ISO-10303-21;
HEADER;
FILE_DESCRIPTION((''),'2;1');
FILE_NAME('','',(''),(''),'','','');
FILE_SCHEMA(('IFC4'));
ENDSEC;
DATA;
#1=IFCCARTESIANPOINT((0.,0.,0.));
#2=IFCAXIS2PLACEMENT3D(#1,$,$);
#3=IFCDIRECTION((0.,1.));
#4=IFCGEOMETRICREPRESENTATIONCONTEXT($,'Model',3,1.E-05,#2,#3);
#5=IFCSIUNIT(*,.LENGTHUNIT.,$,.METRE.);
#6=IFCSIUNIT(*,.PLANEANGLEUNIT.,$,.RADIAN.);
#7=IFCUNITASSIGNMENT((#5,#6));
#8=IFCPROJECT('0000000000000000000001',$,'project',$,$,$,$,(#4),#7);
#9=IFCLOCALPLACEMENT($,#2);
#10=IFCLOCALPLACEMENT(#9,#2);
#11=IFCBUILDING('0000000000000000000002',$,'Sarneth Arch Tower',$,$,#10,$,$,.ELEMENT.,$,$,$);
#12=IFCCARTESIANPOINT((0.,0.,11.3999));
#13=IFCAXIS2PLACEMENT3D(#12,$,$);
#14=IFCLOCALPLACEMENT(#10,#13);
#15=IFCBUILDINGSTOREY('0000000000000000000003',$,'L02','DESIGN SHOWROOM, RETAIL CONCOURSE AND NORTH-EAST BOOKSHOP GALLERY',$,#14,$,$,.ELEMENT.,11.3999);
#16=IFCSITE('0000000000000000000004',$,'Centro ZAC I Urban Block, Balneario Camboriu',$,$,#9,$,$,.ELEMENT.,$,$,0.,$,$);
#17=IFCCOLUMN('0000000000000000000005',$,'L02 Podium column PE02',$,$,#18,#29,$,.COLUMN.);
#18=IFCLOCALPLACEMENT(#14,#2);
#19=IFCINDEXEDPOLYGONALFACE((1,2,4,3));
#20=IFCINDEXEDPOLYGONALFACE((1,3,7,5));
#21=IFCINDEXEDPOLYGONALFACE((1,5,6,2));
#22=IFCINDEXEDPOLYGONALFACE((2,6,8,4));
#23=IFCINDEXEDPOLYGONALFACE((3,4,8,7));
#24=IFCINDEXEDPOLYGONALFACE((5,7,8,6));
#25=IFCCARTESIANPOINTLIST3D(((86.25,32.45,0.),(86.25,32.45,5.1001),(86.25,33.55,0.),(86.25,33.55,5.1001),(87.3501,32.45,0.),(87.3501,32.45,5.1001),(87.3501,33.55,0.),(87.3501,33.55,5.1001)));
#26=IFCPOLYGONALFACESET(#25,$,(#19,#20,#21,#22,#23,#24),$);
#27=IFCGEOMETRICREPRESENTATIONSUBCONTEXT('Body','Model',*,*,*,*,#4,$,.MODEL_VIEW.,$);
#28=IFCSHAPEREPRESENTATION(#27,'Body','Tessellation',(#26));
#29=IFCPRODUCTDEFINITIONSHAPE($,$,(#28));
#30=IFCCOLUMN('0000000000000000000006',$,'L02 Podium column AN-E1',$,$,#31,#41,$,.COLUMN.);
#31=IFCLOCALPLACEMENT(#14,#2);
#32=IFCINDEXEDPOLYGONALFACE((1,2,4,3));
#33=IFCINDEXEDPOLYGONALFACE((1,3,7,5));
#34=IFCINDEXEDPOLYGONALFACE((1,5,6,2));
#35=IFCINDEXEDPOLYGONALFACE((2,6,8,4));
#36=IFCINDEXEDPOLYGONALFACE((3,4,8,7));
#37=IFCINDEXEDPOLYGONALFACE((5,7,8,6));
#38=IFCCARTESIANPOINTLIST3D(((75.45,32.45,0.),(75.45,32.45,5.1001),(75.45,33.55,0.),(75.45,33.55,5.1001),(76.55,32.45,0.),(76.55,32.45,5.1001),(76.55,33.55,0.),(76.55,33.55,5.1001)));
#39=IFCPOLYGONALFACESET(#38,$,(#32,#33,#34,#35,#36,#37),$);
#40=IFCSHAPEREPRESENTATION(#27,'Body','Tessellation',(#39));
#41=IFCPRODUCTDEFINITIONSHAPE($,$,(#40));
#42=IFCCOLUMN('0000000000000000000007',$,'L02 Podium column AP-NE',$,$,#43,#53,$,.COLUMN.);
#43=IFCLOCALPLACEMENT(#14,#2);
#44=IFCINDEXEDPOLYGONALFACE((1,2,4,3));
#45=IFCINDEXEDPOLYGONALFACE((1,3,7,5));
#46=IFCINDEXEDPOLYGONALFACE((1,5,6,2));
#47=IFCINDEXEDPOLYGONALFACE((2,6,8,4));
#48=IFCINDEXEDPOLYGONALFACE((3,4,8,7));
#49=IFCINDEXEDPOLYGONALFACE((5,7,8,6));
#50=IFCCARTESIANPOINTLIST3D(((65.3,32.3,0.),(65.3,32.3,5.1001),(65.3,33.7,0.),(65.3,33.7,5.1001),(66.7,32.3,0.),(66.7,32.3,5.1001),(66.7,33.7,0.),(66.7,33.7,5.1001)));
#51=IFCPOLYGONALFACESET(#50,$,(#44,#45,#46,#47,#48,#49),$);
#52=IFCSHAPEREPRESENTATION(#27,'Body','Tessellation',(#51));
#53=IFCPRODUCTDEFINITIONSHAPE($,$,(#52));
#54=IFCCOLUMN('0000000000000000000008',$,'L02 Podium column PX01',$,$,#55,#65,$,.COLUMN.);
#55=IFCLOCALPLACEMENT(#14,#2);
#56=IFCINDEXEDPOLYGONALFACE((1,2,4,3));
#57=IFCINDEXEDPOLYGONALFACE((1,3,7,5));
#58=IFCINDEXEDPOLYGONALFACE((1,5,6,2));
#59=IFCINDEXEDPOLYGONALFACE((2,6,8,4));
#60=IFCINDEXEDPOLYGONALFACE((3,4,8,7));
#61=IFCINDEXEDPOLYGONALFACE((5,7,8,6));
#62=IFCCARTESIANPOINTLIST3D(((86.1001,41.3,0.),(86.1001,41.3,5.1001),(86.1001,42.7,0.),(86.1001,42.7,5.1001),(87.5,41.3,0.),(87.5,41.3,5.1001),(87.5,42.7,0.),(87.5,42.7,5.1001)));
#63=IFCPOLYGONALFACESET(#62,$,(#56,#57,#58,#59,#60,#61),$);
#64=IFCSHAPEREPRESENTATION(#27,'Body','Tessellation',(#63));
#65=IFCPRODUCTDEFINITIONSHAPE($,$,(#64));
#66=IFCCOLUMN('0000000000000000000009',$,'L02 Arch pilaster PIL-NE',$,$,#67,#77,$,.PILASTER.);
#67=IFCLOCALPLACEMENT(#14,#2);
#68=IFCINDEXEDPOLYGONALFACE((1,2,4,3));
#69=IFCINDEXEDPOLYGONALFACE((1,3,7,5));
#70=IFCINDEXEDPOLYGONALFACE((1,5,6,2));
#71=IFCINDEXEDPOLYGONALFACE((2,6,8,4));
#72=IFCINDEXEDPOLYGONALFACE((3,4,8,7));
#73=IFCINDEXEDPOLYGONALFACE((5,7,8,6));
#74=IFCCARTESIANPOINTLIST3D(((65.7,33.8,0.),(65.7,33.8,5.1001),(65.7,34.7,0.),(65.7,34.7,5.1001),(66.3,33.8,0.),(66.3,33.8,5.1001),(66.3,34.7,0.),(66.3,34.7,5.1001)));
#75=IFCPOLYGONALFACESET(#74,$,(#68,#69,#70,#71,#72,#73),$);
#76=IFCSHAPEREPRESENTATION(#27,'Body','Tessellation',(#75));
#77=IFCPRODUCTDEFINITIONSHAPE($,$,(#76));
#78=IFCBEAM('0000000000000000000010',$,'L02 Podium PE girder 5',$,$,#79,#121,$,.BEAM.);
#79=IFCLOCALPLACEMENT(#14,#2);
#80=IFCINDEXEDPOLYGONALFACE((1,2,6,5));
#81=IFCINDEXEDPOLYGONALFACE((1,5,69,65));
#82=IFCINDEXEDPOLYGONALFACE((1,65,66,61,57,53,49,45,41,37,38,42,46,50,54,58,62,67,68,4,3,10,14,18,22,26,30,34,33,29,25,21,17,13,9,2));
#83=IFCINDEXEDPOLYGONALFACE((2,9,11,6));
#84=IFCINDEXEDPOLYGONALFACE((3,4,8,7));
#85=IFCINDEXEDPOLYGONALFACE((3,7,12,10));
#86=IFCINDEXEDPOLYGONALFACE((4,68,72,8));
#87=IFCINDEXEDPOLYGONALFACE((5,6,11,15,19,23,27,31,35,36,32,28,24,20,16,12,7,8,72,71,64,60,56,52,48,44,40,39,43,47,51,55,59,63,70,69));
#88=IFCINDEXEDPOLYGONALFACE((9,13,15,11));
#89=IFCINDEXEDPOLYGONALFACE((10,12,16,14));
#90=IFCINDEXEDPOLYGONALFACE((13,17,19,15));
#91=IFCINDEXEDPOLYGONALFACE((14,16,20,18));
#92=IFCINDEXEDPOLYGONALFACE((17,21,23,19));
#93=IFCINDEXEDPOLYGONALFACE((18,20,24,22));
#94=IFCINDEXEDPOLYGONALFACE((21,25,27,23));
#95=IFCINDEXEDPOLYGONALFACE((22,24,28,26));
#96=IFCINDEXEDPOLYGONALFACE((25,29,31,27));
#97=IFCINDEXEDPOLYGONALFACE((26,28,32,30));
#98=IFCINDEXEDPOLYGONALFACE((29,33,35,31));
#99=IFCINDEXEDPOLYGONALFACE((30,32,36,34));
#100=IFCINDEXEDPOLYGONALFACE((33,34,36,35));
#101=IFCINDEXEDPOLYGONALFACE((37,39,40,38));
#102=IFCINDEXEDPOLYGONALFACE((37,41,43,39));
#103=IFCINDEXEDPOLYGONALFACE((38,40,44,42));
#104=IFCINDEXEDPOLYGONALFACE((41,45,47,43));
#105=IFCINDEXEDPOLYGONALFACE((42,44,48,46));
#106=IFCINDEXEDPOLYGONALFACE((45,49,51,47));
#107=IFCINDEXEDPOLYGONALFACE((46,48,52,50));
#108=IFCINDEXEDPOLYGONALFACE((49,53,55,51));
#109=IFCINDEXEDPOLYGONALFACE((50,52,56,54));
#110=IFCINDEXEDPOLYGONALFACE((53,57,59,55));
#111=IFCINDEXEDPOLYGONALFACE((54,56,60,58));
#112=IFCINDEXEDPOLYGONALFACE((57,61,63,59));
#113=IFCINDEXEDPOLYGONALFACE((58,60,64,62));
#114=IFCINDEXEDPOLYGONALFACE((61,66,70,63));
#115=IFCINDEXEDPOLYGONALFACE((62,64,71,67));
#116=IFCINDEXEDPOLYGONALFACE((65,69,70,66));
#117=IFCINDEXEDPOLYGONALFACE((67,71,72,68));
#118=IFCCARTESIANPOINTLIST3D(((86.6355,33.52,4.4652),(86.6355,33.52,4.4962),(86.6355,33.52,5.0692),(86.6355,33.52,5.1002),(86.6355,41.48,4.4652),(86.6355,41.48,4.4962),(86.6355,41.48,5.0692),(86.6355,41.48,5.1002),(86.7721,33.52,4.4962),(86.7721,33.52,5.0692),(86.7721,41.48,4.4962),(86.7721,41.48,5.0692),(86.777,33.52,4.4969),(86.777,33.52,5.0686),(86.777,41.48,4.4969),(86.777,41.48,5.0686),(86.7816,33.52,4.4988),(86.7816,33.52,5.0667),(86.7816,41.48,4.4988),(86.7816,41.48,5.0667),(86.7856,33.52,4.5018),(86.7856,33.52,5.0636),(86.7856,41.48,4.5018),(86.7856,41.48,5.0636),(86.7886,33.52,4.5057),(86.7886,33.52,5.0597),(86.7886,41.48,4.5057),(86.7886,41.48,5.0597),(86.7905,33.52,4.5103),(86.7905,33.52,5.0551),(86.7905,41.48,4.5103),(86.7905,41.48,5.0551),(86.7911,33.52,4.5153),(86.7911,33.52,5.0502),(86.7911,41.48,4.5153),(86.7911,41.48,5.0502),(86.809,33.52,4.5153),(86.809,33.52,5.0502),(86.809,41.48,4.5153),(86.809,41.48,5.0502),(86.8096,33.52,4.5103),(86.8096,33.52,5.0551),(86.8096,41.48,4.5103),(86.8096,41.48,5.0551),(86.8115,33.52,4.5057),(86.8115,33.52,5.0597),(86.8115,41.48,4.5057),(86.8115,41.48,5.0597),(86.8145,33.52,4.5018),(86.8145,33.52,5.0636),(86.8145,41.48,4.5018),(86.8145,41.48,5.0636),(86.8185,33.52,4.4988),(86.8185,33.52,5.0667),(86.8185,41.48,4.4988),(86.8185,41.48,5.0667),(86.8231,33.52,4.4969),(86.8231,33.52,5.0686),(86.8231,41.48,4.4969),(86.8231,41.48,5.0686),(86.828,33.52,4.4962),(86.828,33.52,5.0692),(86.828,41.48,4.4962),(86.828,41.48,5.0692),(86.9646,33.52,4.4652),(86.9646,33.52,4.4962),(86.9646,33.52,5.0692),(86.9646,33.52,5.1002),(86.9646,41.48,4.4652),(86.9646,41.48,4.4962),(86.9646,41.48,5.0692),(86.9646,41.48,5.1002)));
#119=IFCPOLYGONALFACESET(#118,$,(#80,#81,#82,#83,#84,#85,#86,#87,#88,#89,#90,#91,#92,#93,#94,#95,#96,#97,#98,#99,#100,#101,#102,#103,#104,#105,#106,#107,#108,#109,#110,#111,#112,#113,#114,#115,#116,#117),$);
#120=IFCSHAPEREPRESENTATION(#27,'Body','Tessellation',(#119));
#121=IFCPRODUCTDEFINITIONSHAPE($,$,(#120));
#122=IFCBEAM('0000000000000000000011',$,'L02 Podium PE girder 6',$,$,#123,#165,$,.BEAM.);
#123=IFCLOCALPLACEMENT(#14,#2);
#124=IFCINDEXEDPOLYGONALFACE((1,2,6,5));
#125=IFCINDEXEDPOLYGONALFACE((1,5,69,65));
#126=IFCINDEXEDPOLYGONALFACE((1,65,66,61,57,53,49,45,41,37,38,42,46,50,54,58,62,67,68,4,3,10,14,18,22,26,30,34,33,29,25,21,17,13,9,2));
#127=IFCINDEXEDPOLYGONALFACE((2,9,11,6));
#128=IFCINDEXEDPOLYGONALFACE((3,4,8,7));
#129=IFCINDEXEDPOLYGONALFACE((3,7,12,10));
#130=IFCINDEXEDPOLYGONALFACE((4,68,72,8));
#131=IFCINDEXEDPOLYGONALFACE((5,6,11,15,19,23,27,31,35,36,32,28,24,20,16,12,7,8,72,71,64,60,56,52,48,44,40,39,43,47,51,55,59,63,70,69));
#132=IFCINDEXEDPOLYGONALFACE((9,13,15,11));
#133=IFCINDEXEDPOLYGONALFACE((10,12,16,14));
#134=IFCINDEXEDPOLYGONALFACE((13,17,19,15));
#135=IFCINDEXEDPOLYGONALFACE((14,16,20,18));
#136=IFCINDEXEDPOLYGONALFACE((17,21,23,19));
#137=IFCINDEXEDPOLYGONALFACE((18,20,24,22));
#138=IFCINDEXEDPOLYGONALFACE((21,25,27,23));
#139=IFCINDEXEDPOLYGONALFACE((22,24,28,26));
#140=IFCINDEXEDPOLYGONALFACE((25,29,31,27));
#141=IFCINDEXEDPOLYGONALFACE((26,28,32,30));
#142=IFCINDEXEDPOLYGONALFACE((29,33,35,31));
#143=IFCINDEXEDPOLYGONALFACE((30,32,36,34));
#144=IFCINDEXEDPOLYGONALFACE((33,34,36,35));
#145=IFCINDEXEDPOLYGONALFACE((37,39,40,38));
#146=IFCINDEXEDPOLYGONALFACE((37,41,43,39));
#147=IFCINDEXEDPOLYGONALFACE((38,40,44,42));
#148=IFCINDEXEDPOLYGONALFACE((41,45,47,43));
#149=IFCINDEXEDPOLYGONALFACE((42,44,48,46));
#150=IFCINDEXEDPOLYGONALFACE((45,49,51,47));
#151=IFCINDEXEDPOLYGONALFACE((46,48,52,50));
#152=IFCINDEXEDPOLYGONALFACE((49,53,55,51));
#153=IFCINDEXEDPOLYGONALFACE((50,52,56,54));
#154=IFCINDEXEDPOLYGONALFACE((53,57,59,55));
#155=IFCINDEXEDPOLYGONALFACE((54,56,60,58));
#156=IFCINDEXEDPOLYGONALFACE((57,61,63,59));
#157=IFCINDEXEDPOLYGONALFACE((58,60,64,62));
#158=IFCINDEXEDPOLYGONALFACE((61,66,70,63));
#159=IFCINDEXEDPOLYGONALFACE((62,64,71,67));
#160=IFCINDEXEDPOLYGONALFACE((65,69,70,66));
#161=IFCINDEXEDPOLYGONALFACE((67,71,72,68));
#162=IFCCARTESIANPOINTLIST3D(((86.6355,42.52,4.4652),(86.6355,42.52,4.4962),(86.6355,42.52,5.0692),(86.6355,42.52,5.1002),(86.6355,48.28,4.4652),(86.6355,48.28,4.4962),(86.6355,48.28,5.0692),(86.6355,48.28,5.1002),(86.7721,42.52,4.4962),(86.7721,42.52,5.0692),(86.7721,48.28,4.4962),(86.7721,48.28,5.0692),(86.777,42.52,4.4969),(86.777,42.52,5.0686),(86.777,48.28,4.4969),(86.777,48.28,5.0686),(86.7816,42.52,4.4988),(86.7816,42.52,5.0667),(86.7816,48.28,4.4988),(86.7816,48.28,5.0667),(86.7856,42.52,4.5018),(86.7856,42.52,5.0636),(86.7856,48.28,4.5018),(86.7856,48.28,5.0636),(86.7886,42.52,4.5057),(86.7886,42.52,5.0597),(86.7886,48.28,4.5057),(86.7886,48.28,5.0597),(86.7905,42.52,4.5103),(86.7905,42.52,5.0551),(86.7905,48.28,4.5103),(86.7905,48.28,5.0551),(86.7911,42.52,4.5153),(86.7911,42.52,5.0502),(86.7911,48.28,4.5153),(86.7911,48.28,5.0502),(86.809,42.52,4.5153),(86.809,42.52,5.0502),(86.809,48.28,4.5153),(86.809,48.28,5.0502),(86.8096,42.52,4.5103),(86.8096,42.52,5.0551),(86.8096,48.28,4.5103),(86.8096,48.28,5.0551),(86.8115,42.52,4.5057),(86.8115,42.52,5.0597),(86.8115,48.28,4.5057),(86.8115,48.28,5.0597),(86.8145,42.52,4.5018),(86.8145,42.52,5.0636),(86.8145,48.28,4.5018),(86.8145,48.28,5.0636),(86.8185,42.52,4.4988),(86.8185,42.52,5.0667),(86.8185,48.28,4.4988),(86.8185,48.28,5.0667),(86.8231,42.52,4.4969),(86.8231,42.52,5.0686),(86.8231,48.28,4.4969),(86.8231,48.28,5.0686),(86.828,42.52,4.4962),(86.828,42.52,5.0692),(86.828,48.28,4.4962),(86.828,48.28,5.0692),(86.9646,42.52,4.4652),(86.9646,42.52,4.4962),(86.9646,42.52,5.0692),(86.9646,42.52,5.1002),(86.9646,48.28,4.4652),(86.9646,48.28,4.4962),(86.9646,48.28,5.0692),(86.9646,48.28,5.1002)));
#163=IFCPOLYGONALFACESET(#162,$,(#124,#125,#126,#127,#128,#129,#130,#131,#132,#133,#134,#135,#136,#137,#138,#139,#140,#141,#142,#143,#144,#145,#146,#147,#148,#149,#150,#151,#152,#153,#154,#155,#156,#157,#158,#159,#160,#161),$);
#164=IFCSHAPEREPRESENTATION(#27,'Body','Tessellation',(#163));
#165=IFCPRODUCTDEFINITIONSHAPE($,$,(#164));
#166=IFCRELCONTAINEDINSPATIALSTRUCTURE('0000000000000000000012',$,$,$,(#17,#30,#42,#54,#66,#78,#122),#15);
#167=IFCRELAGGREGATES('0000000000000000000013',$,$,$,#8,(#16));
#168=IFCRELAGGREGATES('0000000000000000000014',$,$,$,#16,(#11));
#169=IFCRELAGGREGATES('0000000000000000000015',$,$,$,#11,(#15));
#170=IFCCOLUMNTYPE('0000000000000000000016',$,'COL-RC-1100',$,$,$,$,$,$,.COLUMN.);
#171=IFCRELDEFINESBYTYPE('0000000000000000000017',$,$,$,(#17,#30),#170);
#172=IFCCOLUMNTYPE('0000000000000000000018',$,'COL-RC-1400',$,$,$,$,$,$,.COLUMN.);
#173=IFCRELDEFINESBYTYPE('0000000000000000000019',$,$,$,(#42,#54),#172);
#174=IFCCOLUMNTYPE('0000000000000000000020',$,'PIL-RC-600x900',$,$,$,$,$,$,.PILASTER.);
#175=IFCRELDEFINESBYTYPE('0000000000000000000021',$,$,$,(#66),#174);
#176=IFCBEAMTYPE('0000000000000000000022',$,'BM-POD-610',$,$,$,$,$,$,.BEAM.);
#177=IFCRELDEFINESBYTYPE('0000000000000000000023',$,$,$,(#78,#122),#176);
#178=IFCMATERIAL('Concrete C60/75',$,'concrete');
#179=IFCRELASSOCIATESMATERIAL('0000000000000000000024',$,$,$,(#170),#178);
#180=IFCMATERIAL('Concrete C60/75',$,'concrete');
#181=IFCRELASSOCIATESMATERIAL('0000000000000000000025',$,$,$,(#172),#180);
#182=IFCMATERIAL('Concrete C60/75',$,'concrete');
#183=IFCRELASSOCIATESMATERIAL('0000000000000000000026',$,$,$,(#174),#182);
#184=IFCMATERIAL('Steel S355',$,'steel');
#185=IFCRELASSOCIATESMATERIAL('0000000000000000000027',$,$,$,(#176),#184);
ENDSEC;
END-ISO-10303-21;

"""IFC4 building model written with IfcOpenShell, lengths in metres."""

from ifc_helpers import new_model, si_unit, direction, frame, origin, origin_2d, place, context, subcontext, project, spatial, rectangle, i_section, extrude, material, material_profile, profile_set, type_object, element, save


model = new_model("IFC4")

# Units and contexts
model_context = context("Model", 3, precision=1e-05, world=origin(), true_north=direction((0.0, 1.0)))
body_context = subcontext(model_context, "Body", "Model", "MODEL_VIEW")
ifc_project = project(units=[si_unit("LENGTHUNIT", "METRE"), si_unit("PLANEANGLEUNIT", "RADIAN")], contexts=[model_context])

# Site, building, storey
site_placement = place(None, origin())
site = spatial("IfcSite", under=ifc_project, at=site_placement, Name="Centro ZAC I Urban Block, Balneario Camboriu", CompositionType="ELEMENT", RefElevation=0.0)
building_placement = place(site_placement, origin())
building = spatial("IfcBuilding", under=site, at=building_placement, Name="Sarneth Arch Tower", CompositionType="ELEMENT")
storey_placement = place(building_placement, frame((0.0, 0.0, 11.3999)))
storey = spatial("IfcBuildingStorey", under=building, at=storey_placement, Name="L02", Description="DESIGN SHOWROOM, RETAIL CONCOURSE AND NORTH-EAST BOOKSHOP GALLERY", CompositionType="ELEMENT", Elevation=11.3999)

# Columns
ifc_material_1 = material(Name="Concrete C60/75", Category="concrete")
ifc_material_profile_1 = material_profile(ifc_material_1, rectangle(XDim=1.1001, YDim=1.1001, at=origin_2d()), Name="RC-1100x1100")
ifc_profile_set_1 = profile_set([ifc_material_profile_1], Name="Concrete C60/75")
column_type_1 = type_object("IfcColumnType", Name="COL-RC-1100", PredefinedType="COLUMN", material=ifc_profile_set_1)
for number, where, z_axis, x_axis, name in (
    (1, (86.8, 33.0, 0.0), (0.0, 0.0, 1.0), (1.0, 0.0, 0.0), "L02 Podium column PE02"),
    (2, (76.0, 33.0, 0.0), (0.0, 0.0, 1.0), (1.0, 0.0, 0.0), "L02 Podium column AN-E1"),
):
    element("IfcColumn", number, at=place(storey_placement, frame(where, z_axis=z_axis, x_axis=x_axis)), inside=storey, type_object=column_type_1, Name=name, PredefinedType="COLUMN", context=body_context, shape_type="SweptSolid", body=[
        extrude(rectangle(XDim=1.1001, YDim=1.1001, at=origin_2d()), origin(), (0.0, 0.0, 1.0), 5.1001),
    ])
ifc_material_2 = material(Name="Concrete C60/75", Category="concrete")
ifc_material_profile_2 = material_profile(ifc_material_2, rectangle(XDim=1.3999, YDim=1.3999, at=origin_2d()), Name="RC-1400x1400")
ifc_profile_set_2 = profile_set([ifc_material_profile_2], Name="Concrete C60/75")
column_type_2 = type_object("IfcColumnType", Name="COL-RC-1400", PredefinedType="COLUMN", material=ifc_profile_set_2)
for number, where, z_axis, x_axis, name in (
    (3, (66.0, 33.0, 0.0), (0.0, 0.0, 1.0), (1.0, 0.0, 0.0), "L02 Podium column AP-NE"),
    (4, (86.8, 42.0, 0.0), (0.0, 0.0, 1.0), (1.0, 0.0, 0.0), "L02 Podium column PX01"),
):
    element("IfcColumn", number, at=place(storey_placement, frame(where, z_axis=z_axis, x_axis=x_axis)), inside=storey, type_object=column_type_2, Name=name, PredefinedType="COLUMN", context=body_context, shape_type="SweptSolid", body=[
        extrude(rectangle(XDim=1.3999, YDim=1.3999, at=origin_2d()), origin(), (0.0, 0.0, 1.0), 5.1001),
    ])
ifc_material_3 = material(Name="Concrete C60/75", Category="concrete")
ifc_material_profile_3 = material_profile(ifc_material_3, rectangle(XDim=0.6001, YDim=0.8999, at=origin_2d()), Name="RC-600x900")
ifc_profile_set_3 = profile_set([ifc_material_profile_3], Name="Concrete C60/75")
column_type_3 = type_object("IfcColumnType", Name="PIL-RC-600x900", PredefinedType="PILASTER", material=ifc_profile_set_3)
column_placement = place(storey_placement, frame((66.0, 34.25, 0.0), z_axis=(0.0, 0.0, 1.0), x_axis=(1.0, 0.0, 0.0)))
element("IfcColumn", 5, at=column_placement, inside=storey, type_object=column_type_3, Name="L02 Arch pilaster PIL-NE", PredefinedType="PILASTER", context=body_context, shape_type="SweptSolid", body=[
    extrude(rectangle(XDim=0.6001, YDim=0.8999, at=origin_2d()), origin(), (0.0, 0.0, 1.0), 5.1001),
])

# Beams
ifc_material_4 = material(Name="Steel S355", Category="steel")
ifc_material_profile_4 = material_profile(ifc_material_4, i_section(OverallWidth=0.3291, OverallDepth=0.635, WebThickness=0.0178, FlangeThickness=0.031, FilletRadius=0.019, at=origin_2d()), Name="W610x241")
ifc_profile_set_4 = profile_set([ifc_material_profile_4], Name="Steel S355")
beam_type_1 = type_object("IfcBeamType", Name="BM-POD-610", PredefinedType="BEAM", material=ifc_profile_set_4)
beam_1_placement = place(storey_placement, frame((86.8, 33.52, 4.7827), z_axis=(0.0, 1.0, 0.0), x_axis=(-1.0, 0.0, 0.0)))
element("IfcBeam", 6, at=beam_1_placement, inside=storey, type_object=beam_type_1, Name="L02 Podium PE girder 5", PredefinedType="BEAM", context=body_context, shape_type="SweptSolid", body=[
    extrude(i_section(OverallWidth=0.3291, OverallDepth=0.635, WebThickness=0.0178, FlangeThickness=0.031, FilletRadius=0.019, at=origin_2d()), origin(), (0.0, 0.0, 1.0), 7.96),
])
beam_2_placement = place(storey_placement, frame((86.8, 42.52, 4.7827), z_axis=(0.0, 1.0, 0.0), x_axis=(-1.0, 0.0, 0.0)))
element("IfcBeam", 7, at=beam_2_placement, inside=storey, type_object=beam_type_1, Name="L02 Podium PE girder 6", PredefinedType="BEAM", context=body_context, shape_type="SweptSolid", body=[
    extrude(i_section(OverallWidth=0.3291, OverallDepth=0.635, WebThickness=0.0178, FlangeThickness=0.031, FilletRadius=0.019, at=origin_2d()), origin(), (0.0, 0.0, 1.0), 5.76),
])

save(model, "model.ifc")
